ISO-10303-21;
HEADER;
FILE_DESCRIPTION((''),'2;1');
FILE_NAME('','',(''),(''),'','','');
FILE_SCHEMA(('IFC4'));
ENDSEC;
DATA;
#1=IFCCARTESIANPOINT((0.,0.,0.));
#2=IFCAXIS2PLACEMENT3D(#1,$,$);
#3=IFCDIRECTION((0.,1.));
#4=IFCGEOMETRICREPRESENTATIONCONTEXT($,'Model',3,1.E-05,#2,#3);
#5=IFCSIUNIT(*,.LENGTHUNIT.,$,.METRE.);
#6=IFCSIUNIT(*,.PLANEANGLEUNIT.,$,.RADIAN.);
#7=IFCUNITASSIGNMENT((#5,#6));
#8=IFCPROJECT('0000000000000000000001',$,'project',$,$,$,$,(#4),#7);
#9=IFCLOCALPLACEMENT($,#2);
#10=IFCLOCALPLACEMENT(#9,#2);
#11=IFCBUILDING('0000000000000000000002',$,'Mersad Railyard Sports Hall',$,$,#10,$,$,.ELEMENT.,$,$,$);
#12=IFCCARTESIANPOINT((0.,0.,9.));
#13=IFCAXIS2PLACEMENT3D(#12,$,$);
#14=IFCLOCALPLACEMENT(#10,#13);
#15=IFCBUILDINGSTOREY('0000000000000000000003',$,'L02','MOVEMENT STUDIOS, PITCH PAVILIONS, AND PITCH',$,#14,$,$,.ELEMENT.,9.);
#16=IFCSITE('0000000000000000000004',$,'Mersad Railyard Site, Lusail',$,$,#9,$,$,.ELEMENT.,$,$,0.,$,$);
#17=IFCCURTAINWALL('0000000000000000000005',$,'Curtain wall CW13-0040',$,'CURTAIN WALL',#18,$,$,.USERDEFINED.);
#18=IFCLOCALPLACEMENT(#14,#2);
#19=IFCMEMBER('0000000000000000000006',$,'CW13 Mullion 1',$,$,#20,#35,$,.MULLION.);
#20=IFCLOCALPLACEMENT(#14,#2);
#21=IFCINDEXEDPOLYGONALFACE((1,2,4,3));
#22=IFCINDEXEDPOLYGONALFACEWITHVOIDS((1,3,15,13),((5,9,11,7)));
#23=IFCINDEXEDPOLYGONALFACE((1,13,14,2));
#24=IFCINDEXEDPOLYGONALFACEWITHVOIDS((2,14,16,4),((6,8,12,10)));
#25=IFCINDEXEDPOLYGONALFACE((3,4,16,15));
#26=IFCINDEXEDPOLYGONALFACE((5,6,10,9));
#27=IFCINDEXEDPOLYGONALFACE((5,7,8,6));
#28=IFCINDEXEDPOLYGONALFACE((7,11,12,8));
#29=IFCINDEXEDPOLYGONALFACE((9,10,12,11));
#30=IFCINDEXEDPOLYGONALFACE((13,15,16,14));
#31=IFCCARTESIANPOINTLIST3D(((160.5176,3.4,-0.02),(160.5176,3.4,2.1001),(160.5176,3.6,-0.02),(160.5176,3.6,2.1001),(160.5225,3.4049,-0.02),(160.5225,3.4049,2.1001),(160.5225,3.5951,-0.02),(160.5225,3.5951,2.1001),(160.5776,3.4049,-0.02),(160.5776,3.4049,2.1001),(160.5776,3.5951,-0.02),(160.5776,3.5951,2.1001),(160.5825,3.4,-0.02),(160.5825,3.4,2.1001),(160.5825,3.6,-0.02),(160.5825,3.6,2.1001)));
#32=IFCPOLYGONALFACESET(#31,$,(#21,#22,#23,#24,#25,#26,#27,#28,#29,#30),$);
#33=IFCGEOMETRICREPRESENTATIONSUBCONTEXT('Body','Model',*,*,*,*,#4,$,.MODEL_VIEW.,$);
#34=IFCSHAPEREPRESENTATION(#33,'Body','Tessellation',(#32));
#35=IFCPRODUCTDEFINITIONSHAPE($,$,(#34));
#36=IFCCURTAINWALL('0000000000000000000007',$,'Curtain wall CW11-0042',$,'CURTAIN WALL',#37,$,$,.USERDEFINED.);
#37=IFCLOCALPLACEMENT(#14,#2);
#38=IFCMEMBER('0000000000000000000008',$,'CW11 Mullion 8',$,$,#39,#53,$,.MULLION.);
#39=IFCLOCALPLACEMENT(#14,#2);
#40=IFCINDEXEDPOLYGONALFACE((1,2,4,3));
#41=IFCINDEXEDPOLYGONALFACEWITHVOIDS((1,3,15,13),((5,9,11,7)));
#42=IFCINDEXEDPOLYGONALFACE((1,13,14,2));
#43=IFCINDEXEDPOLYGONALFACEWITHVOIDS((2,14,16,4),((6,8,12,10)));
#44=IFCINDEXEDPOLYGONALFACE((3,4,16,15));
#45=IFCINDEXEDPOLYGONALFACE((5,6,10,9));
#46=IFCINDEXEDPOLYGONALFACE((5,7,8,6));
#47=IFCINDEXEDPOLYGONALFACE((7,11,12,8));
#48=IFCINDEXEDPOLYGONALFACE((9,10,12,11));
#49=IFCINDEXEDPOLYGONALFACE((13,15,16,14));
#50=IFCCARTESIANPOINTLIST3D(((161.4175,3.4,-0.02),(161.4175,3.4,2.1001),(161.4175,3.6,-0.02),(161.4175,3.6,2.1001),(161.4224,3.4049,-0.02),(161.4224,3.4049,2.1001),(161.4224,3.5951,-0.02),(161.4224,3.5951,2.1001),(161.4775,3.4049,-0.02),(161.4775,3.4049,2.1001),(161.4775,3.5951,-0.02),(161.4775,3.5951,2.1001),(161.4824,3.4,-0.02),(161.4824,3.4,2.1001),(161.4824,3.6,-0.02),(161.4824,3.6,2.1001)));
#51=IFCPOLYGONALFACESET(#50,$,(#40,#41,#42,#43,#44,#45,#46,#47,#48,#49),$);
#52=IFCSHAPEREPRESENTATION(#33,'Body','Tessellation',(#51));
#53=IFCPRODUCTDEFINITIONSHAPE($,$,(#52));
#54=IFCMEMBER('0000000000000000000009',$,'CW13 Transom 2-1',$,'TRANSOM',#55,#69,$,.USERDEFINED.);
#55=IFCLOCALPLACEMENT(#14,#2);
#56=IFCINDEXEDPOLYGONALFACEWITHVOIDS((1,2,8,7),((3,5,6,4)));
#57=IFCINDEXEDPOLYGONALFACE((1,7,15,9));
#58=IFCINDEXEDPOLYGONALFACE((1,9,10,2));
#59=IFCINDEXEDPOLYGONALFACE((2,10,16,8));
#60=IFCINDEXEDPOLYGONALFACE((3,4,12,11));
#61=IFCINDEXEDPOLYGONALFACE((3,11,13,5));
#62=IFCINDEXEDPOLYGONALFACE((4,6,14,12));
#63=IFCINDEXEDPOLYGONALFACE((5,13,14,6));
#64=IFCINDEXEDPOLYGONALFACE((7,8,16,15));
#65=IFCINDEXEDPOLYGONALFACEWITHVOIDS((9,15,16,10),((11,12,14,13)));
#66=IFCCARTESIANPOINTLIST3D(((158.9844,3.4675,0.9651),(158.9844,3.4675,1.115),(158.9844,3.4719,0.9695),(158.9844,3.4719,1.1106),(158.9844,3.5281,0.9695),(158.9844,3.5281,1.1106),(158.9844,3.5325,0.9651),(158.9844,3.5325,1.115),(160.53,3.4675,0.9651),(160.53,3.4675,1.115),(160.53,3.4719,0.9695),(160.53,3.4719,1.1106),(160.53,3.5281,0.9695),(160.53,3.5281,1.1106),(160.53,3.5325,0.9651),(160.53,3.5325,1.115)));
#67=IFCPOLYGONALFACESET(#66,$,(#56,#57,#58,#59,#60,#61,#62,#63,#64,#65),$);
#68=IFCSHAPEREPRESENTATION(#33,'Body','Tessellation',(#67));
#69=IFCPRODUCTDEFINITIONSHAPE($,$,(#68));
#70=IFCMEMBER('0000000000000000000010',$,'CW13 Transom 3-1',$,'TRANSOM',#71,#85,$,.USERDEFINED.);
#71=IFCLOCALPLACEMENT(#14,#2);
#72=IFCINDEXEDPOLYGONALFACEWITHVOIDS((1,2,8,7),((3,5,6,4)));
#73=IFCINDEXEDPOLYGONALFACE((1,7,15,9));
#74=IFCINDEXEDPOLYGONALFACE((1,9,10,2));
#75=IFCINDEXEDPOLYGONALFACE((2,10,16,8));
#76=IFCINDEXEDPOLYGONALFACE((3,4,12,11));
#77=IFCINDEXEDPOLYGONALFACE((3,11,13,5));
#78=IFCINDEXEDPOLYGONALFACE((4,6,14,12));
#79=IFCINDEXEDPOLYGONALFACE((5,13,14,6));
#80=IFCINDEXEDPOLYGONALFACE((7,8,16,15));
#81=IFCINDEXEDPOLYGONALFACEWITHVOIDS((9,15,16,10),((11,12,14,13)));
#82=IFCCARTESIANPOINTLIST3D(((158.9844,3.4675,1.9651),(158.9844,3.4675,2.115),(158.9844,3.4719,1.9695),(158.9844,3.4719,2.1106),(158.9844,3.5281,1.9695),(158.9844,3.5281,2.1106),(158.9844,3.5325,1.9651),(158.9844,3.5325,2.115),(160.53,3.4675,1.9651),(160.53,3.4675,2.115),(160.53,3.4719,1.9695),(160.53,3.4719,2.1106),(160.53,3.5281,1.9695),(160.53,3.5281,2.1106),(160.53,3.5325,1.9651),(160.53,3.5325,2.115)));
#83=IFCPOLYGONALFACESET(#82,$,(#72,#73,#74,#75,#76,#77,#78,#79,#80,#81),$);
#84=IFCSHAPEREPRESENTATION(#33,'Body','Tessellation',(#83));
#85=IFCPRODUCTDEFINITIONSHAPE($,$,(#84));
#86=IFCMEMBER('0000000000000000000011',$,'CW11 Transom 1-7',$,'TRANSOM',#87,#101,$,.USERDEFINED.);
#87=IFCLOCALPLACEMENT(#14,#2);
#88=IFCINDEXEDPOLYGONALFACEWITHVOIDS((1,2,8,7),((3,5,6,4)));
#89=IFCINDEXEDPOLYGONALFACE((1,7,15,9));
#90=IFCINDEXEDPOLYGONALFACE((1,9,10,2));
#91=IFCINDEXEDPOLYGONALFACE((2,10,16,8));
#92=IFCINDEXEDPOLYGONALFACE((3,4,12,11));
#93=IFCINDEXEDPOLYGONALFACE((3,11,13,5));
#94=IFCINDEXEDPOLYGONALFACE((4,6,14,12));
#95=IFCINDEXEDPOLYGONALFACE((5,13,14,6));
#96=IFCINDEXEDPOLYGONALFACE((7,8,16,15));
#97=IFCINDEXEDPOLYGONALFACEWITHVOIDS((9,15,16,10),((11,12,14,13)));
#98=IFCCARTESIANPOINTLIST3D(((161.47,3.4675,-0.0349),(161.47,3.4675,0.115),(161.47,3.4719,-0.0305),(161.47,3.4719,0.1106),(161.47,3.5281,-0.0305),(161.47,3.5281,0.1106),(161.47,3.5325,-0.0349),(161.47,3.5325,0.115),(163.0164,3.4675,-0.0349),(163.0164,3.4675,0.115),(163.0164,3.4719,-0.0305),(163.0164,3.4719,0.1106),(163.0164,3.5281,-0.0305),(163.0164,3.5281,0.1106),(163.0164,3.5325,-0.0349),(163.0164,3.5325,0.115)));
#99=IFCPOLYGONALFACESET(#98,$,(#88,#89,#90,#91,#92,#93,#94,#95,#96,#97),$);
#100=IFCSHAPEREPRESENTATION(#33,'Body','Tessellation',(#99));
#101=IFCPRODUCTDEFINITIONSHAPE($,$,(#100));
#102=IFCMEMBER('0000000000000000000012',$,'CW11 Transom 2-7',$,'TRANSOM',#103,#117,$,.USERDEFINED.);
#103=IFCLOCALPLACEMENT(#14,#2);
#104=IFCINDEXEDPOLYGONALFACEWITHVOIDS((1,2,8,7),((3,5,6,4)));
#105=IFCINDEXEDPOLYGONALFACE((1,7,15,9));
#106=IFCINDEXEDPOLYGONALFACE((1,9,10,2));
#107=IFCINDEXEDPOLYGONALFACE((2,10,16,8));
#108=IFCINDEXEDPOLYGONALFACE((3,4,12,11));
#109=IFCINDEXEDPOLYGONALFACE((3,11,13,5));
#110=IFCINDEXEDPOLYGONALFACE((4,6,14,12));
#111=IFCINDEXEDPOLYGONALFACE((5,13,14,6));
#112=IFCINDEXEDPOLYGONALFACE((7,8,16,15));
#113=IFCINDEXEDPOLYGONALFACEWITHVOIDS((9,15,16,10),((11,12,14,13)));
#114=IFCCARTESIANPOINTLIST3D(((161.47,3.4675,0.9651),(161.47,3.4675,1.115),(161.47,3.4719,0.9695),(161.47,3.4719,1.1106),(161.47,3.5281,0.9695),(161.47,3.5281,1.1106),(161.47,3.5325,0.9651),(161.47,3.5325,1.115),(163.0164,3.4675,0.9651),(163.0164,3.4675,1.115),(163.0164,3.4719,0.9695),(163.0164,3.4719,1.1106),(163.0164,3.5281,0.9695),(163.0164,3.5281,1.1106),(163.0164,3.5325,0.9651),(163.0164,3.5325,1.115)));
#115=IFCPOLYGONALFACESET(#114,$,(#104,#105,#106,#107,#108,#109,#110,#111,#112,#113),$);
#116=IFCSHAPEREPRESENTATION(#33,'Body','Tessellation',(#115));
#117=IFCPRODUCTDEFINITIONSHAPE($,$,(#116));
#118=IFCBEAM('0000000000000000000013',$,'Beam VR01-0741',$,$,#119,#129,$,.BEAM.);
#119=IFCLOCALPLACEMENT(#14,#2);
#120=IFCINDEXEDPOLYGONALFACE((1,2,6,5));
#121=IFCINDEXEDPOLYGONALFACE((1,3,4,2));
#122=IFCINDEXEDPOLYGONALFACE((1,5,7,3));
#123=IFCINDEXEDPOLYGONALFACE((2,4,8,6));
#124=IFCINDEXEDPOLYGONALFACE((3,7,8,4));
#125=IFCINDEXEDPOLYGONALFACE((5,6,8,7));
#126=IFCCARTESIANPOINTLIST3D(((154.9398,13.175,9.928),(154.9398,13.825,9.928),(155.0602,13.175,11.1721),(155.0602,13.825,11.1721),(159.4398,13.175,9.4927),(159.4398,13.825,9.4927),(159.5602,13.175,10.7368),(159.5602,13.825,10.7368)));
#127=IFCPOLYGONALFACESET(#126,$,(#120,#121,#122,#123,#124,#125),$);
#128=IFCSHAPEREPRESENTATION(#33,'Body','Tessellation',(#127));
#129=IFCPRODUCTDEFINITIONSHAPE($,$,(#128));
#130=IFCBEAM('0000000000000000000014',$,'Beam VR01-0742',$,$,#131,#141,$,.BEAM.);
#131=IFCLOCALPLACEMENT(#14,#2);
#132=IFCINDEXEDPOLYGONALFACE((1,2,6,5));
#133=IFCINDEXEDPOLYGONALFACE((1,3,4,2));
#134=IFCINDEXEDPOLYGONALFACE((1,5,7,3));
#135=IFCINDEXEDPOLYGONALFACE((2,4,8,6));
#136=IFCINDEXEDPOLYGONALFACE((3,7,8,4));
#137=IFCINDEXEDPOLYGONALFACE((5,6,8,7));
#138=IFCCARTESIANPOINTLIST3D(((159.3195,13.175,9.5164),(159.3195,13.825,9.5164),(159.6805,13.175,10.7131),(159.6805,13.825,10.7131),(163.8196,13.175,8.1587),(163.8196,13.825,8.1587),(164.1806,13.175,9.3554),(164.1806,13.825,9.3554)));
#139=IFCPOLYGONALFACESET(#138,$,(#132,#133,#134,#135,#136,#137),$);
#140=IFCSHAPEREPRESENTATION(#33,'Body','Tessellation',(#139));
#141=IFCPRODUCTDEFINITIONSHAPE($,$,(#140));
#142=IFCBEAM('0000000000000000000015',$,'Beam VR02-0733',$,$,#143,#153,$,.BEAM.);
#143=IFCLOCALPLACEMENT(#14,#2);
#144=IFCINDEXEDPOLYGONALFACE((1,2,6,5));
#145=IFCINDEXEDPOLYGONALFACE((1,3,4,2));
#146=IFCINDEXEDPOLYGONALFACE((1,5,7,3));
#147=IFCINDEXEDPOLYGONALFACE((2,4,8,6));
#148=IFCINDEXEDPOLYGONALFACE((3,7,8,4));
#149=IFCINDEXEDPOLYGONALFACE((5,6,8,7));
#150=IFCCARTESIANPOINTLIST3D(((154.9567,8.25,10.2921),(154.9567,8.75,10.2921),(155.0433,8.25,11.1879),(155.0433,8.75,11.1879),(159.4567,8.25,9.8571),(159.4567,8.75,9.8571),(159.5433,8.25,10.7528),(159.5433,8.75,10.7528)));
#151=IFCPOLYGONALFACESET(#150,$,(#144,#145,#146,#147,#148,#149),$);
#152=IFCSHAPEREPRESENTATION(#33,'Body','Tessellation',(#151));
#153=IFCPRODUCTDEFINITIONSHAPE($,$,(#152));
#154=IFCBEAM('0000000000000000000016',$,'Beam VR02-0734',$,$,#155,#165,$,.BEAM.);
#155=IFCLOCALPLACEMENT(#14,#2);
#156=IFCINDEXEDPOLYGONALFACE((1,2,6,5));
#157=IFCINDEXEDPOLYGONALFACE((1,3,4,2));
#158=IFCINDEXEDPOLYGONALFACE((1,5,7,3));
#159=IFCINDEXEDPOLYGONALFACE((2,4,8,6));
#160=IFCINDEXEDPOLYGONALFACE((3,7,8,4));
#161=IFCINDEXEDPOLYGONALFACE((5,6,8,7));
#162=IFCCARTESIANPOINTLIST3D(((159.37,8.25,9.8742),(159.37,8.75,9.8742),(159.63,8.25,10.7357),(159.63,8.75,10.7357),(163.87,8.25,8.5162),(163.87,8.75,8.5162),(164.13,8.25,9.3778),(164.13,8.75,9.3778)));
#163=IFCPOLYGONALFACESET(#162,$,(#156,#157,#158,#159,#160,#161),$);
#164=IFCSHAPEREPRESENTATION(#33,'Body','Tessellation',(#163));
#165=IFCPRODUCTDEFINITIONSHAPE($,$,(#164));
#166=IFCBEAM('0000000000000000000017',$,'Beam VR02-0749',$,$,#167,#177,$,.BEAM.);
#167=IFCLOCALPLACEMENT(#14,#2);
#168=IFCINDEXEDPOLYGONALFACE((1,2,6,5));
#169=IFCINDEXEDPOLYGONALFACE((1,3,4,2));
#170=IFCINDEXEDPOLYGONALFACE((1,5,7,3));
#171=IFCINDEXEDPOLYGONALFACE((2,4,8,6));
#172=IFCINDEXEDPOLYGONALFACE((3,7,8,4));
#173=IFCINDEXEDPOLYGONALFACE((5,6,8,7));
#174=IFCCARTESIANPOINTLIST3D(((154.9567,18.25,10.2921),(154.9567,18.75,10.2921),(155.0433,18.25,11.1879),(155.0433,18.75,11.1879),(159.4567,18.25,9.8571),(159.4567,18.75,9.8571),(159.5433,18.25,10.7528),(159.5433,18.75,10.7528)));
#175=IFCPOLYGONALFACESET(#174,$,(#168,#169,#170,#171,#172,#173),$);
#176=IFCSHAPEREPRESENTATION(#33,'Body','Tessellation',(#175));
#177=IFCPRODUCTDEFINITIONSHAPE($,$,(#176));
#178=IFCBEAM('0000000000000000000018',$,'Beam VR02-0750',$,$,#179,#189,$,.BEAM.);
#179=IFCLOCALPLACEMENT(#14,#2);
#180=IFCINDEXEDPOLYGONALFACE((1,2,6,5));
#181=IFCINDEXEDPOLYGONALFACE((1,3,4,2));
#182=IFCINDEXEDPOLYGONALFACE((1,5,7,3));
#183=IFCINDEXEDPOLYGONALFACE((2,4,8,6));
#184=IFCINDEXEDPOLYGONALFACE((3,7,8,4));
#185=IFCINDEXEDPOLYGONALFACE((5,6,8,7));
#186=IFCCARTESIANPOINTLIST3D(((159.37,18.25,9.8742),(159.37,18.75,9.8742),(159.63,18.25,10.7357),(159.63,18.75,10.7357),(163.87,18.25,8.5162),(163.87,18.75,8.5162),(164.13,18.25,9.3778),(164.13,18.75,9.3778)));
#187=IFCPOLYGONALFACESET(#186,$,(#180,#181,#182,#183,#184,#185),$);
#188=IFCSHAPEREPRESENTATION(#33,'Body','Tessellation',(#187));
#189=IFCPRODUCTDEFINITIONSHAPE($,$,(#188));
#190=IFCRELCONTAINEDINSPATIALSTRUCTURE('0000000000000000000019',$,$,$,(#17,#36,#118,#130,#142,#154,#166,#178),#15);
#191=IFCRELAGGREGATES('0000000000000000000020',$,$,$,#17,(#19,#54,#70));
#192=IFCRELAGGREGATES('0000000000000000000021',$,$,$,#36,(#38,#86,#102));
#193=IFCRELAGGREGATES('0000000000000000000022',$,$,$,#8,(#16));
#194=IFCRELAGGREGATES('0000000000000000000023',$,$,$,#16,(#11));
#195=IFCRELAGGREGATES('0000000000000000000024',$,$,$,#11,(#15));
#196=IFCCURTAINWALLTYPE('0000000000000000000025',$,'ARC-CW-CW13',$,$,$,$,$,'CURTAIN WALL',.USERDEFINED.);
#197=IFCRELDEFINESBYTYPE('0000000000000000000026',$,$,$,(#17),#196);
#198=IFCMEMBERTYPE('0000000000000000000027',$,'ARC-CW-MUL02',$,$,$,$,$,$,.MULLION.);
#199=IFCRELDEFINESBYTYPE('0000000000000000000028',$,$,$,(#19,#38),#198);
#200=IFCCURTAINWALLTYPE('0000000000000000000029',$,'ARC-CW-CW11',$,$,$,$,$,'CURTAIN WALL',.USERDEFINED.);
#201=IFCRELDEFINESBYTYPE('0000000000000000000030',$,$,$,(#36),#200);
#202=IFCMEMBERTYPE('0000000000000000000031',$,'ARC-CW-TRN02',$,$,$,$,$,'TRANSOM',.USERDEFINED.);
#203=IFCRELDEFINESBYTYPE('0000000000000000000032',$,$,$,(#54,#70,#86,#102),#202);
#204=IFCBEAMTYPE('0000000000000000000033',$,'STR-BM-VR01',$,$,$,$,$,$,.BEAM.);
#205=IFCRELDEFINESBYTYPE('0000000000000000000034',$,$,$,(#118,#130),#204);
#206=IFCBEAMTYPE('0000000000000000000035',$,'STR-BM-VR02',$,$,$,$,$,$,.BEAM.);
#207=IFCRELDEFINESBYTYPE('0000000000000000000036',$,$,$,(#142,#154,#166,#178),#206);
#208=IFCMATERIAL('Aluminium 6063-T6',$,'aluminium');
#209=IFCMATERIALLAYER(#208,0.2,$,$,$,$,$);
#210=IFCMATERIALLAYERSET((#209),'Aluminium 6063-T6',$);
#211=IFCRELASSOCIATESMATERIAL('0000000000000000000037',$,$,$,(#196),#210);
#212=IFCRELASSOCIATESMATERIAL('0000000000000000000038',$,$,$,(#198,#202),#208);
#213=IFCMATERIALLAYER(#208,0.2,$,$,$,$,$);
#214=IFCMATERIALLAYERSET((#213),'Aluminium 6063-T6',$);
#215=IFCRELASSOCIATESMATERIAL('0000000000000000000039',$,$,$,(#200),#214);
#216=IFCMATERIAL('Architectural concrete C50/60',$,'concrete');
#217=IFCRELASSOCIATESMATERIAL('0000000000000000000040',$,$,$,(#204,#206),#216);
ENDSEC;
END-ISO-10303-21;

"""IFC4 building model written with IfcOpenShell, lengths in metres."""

from ifc_helpers import new_model, si_unit, direction, frame, origin, origin_2d, place, context, subcontext, project, spatial, rectangle, hollow_rectangle, extrude, material, layer, layer_set, material_profile, profile_set, type_object, element, aggregate, save


model = new_model("IFC4")

# Units and contexts
model_context = context("Model", 3, precision=1e-05, world=origin(), true_north=direction((0.0, 1.0)))
body_context = subcontext(model_context, "Body", "Model", "MODEL_VIEW")
ifc_project = project(units=[si_unit("LENGTHUNIT", "METRE"), si_unit("PLANEANGLEUNIT", "RADIAN")], contexts=[model_context])

# Site, building, storey
site_placement = place(None, origin())
site = spatial("IfcSite", under=ifc_project, at=site_placement, Name="Mersad Railyard Site, Lusail", CompositionType="ELEMENT", RefElevation=0.0)
building_placement = place(site_placement, origin())
building = spatial("IfcBuilding", under=site, at=building_placement, Name="Mersad Railyard Sports Hall", CompositionType="ELEMENT")
storey_placement = place(building_placement, frame((0.0, 0.0, 9.0)))
storey = spatial("IfcBuildingStorey", under=building, at=storey_placement, Name="L02", Description="MOVEMENT STUDIOS, PITCH PAVILIONS, AND PITCH", CompositionType="ELEMENT", Elevation=9.0)

# Curtain walls, members
ifc_material_1 = material(Name="Aluminium 6063-T6", Category="aluminium")
ifc_layer_1 = layer(ifc_material_1, 0.2)
ifc_layer_set_1 = layer_set([ifc_layer_1], Name="Aluminium 6063-T6")
curtain_wall_type_1 = type_object("IfcCurtainWallType", Name="ARC-CW-CW13", ElementType="CURTAIN WALL", PredefinedType="USERDEFINED", material=ifc_layer_set_1)
curtain_wall_1_placement = place(storey_placement, origin())
curtain_wall_1 = element("IfcCurtainWall", 1, at=curtain_wall_1_placement, inside=storey, type_object=curtain_wall_type_1, Name="Curtain wall CW13-0040", ObjectType="CURTAIN WALL", PredefinedType="USERDEFINED")
ifc_material_profile_1 = material_profile(ifc_material_1, hollow_rectangle(XDim=0.0649, YDim=0.2, WallThickness=0.0049, at=origin_2d()), Name="AL MULLION 65x200x5")
ifc_profile_set_1 = profile_set([ifc_material_profile_1], Name="Aluminium 6063-T6")
member_type_1 = type_object("IfcMemberType", Name="ARC-CW-MUL02", PredefinedType="MULLION", material=ifc_profile_set_1)
member_1_placement = place(storey_placement, frame((160.55, 3.5, -0.02), z_axis=(0.0, 0.0, 1.0), x_axis=(1.0, 0.0, 0.0)))
member_1 = element("IfcMember", 2, at=member_1_placement, type_object=member_type_1, Name="CW13 Mullion 1", PredefinedType="MULLION", context=body_context, shape_type="SweptSolid", body=[
    extrude(hollow_rectangle(XDim=0.0649, YDim=0.2, WallThickness=0.0049, at=origin_2d()), origin(), (0.0, 0.0, 1.0), 2.1201),
])
ifc_layer_2 = layer(ifc_material_1, 0.2)
ifc_layer_set_2 = layer_set([ifc_layer_2], Name="Aluminium 6063-T6")
curtain_wall_type_2 = type_object("IfcCurtainWallType", Name="ARC-CW-CW11", ElementType="CURTAIN WALL", PredefinedType="USERDEFINED", material=ifc_layer_set_2)
curtain_wall_2_placement = place(storey_placement, origin())
curtain_wall_2 = element("IfcCurtainWall", 3, at=curtain_wall_2_placement, inside=storey, type_object=curtain_wall_type_2, Name="Curtain wall CW11-0042", ObjectType="CURTAIN WALL", PredefinedType="USERDEFINED")
member_2_placement = place(storey_placement, frame((161.45, 3.5, -0.02), z_axis=(0.0, 0.0, 1.0), x_axis=(1.0, 0.0, 0.0)))
member_2 = element("IfcMember", 4, at=member_2_placement, type_object=member_type_1, Name="CW11 Mullion 8", PredefinedType="MULLION", context=body_context, shape_type="SweptSolid", body=[
    extrude(hollow_rectangle(XDim=0.0649, YDim=0.2, WallThickness=0.0049, at=origin_2d()), origin(), (0.0, 0.0, 1.0), 2.1201),
])

# Members
ifc_material_profile_2 = material_profile(ifc_material_1, hollow_rectangle(XDim=0.0649, YDim=0.1499, WallThickness=0.0044, at=origin_2d()), Name="AL TRANSOM 65x150x4.5")
ifc_profile_set_2 = profile_set([ifc_material_profile_2], Name="Aluminium 6063-T6")
member_type_2 = type_object("IfcMemberType", Name="ARC-CW-TRN02", ElementType="TRANSOM", PredefinedType="USERDEFINED", material=ifc_profile_set_2)
member_3_placement = place(storey_placement, frame((160.53, 3.5, 1.04), z_axis=(-1.0, 0.0, 0.0), x_axis=(0.0, -1.0, 0.0)))
member_3 = element("IfcMember", 5, at=member_3_placement, type_object=member_type_2, Name="CW13 Transom 2-1", ObjectType="TRANSOM", PredefinedType="USERDEFINED", context=body_context, shape_type="SweptSolid", body=[
    extrude(hollow_rectangle(XDim=0.0649, YDim=0.1499, WallThickness=0.0044, at=origin_2d()), origin(), (0.0, 0.0, 1.0), 1.5457),
])
member_4_placement = place(storey_placement, frame((160.53, 3.5, 2.04), z_axis=(-1.0, 0.0, 0.0), x_axis=(0.0, -1.0, 0.0)))
member_4 = element("IfcMember", 6, at=member_4_placement, type_object=member_type_2, Name="CW13 Transom 3-1", ObjectType="TRANSOM", PredefinedType="USERDEFINED", context=body_context, shape_type="SweptSolid", body=[
    extrude(hollow_rectangle(XDim=0.0649, YDim=0.1499, WallThickness=0.0044, at=origin_2d()), origin(), (0.0, 0.0, 1.0), 1.5457),
])
aggregate(curtain_wall_1, [member_1, member_3, member_4])
member_5_placement = place(storey_placement, frame((163.0164, 3.5, 0.04), z_axis=(-1.0, 0.0, 0.0), x_axis=(0.0, -1.0, 0.0)))
member_5 = element("IfcMember", 7, at=member_5_placement, type_object=member_type_2, Name="CW11 Transom 1-7", ObjectType="TRANSOM", PredefinedType="USERDEFINED", context=body_context, shape_type="SweptSolid", body=[
    extrude(hollow_rectangle(XDim=0.0649, YDim=0.1499, WallThickness=0.0044, at=origin_2d()), origin(), (0.0, 0.0, 1.0), 1.5464),
])
member_6_placement = place(storey_placement, frame((163.0164, 3.5, 1.04), z_axis=(-1.0, 0.0, 0.0), x_axis=(0.0, -1.0, 0.0)))
member_6 = element("IfcMember", 8, at=member_6_placement, type_object=member_type_2, Name="CW11 Transom 2-7", ObjectType="TRANSOM", PredefinedType="USERDEFINED", context=body_context, shape_type="SweptSolid", body=[
    extrude(hollow_rectangle(XDim=0.0649, YDim=0.1499, WallThickness=0.0044, at=origin_2d()), origin(), (0.0, 0.0, 1.0), 1.5464),
])

# Beams
ifc_material_2 = material(Name="Architectural concrete C50/60", Category="concrete")
ifc_material_profile_3 = material_profile(ifc_material_2, rectangle(XDim=0.6499, YDim=1.25, at=origin_2d()), Name="VR 650x1250")
ifc_profile_set_3 = profile_set([ifc_material_profile_3], Name="Architectural concrete C50/60")
beam_type_1 = type_object("IfcBeamType", Name="STR-BM-VR01", PredefinedType="BEAM", material=ifc_profile_set_3)
beam_1_placement = place(storey_placement, frame((155.0, 13.5, 10.55), z_axis=(0.995354, 0.0, -0.096285), x_axis=(0.0, 1.0, 0.0)))
element("IfcBeam", 9, at=beam_1_placement, inside=storey, type_object=beam_type_1, Name="Beam VR01-0741", PredefinedType="BEAM", context=body_context, shape_type="SweptSolid", body=[
    extrude(rectangle(XDim=0.6499, YDim=1.25, at=origin_2d()), origin(), (0.0, 0.0, 1.0), 4.521),
])
beam_2_placement = place(storey_placement, frame((159.5, 13.5, 10.1147), z_axis=(0.957376, 0.0, -0.288844), x_axis=(0.0, 1.0, 0.0)))
element("IfcBeam", 10, at=beam_2_placement, inside=storey, type_object=beam_type_1, Name="Beam VR01-0742", PredefinedType="BEAM", context=body_context, shape_type="SweptSolid", body=[
    extrude(rectangle(XDim=0.6499, YDim=1.25, at=origin_2d()), origin(), (0.0, 0.0, 1.0), 4.7004),
])
ifc_material_profile_4 = material_profile(ifc_material_2, rectangle(XDim=0.5, YDim=0.8999, at=origin_2d()), Name="VR 500x900")
ifc_profile_set_4 = profile_set([ifc_material_profile_4], Name="Architectural concrete C50/60")
beam_type_2 = type_object("IfcBeamType", Name="STR-BM-VR02", PredefinedType="BEAM", material=ifc_profile_set_4)
beam_3_placement = place(storey_placement, frame((155.0, 8.5, 10.74), z_axis=(0.995359, 0.0, -0.096231), x_axis=(0.0, 1.0, 0.0)))
element("IfcBeam", 11, at=beam_3_placement, inside=storey, type_object=beam_type_2, Name="Beam VR02-0733", PredefinedType="BEAM", context=body_context, shape_type="SweptSolid", body=[
    extrude(rectangle(XDim=0.5, YDim=0.8999, at=origin_2d()), origin(), (0.0, 0.0, 1.0), 4.521),
])
beam_4_placement = place(storey_placement, frame((159.5, 8.5, 10.3049), z_axis=(0.957362, 0.0, -0.288891), x_axis=(0.0, 1.0, 0.0)))
element("IfcBeam", 12, at=beam_4_placement, inside=storey, type_object=beam_type_2, Name="Beam VR02-0734", PredefinedType="BEAM", context=body_context, shape_type="SweptSolid", body=[
    extrude(rectangle(XDim=0.5, YDim=0.8999, at=origin_2d()), origin(), (0.0, 0.0, 1.0), 4.7004),
])
beam_5_placement = place(storey_placement, frame((155.0, 18.5, 10.74), z_axis=(0.995359, 0.0, -0.096231), x_axis=(0.0, 1.0, 0.0)))
element("IfcBeam", 13, at=beam_5_placement, inside=storey, type_object=beam_type_2, Name="Beam VR02-0749", PredefinedType="BEAM", context=body_context, shape_type="SweptSolid", body=[
    extrude(rectangle(XDim=0.5, YDim=0.8999, at=origin_2d()), origin(), (0.0, 0.0, 1.0), 4.521),
])
beam_6_placement = place(storey_placement, frame((159.5, 18.5, 10.3049), z_axis=(0.957362, 0.0, -0.288891), x_axis=(0.0, 1.0, 0.0)))
element("IfcBeam", 14, at=beam_6_placement, inside=storey, type_object=beam_type_2, Name="Beam VR02-0750", PredefinedType="BEAM", context=body_context, shape_type="SweptSolid", body=[
    extrude(rectangle(XDim=0.5, YDim=0.8999, at=origin_2d()), origin(), (0.0, 0.0, 1.0), 4.7004),
])

aggregate(curtain_wall_2, [member_2, member_5, member_6])

save(model, "model.ifc")
